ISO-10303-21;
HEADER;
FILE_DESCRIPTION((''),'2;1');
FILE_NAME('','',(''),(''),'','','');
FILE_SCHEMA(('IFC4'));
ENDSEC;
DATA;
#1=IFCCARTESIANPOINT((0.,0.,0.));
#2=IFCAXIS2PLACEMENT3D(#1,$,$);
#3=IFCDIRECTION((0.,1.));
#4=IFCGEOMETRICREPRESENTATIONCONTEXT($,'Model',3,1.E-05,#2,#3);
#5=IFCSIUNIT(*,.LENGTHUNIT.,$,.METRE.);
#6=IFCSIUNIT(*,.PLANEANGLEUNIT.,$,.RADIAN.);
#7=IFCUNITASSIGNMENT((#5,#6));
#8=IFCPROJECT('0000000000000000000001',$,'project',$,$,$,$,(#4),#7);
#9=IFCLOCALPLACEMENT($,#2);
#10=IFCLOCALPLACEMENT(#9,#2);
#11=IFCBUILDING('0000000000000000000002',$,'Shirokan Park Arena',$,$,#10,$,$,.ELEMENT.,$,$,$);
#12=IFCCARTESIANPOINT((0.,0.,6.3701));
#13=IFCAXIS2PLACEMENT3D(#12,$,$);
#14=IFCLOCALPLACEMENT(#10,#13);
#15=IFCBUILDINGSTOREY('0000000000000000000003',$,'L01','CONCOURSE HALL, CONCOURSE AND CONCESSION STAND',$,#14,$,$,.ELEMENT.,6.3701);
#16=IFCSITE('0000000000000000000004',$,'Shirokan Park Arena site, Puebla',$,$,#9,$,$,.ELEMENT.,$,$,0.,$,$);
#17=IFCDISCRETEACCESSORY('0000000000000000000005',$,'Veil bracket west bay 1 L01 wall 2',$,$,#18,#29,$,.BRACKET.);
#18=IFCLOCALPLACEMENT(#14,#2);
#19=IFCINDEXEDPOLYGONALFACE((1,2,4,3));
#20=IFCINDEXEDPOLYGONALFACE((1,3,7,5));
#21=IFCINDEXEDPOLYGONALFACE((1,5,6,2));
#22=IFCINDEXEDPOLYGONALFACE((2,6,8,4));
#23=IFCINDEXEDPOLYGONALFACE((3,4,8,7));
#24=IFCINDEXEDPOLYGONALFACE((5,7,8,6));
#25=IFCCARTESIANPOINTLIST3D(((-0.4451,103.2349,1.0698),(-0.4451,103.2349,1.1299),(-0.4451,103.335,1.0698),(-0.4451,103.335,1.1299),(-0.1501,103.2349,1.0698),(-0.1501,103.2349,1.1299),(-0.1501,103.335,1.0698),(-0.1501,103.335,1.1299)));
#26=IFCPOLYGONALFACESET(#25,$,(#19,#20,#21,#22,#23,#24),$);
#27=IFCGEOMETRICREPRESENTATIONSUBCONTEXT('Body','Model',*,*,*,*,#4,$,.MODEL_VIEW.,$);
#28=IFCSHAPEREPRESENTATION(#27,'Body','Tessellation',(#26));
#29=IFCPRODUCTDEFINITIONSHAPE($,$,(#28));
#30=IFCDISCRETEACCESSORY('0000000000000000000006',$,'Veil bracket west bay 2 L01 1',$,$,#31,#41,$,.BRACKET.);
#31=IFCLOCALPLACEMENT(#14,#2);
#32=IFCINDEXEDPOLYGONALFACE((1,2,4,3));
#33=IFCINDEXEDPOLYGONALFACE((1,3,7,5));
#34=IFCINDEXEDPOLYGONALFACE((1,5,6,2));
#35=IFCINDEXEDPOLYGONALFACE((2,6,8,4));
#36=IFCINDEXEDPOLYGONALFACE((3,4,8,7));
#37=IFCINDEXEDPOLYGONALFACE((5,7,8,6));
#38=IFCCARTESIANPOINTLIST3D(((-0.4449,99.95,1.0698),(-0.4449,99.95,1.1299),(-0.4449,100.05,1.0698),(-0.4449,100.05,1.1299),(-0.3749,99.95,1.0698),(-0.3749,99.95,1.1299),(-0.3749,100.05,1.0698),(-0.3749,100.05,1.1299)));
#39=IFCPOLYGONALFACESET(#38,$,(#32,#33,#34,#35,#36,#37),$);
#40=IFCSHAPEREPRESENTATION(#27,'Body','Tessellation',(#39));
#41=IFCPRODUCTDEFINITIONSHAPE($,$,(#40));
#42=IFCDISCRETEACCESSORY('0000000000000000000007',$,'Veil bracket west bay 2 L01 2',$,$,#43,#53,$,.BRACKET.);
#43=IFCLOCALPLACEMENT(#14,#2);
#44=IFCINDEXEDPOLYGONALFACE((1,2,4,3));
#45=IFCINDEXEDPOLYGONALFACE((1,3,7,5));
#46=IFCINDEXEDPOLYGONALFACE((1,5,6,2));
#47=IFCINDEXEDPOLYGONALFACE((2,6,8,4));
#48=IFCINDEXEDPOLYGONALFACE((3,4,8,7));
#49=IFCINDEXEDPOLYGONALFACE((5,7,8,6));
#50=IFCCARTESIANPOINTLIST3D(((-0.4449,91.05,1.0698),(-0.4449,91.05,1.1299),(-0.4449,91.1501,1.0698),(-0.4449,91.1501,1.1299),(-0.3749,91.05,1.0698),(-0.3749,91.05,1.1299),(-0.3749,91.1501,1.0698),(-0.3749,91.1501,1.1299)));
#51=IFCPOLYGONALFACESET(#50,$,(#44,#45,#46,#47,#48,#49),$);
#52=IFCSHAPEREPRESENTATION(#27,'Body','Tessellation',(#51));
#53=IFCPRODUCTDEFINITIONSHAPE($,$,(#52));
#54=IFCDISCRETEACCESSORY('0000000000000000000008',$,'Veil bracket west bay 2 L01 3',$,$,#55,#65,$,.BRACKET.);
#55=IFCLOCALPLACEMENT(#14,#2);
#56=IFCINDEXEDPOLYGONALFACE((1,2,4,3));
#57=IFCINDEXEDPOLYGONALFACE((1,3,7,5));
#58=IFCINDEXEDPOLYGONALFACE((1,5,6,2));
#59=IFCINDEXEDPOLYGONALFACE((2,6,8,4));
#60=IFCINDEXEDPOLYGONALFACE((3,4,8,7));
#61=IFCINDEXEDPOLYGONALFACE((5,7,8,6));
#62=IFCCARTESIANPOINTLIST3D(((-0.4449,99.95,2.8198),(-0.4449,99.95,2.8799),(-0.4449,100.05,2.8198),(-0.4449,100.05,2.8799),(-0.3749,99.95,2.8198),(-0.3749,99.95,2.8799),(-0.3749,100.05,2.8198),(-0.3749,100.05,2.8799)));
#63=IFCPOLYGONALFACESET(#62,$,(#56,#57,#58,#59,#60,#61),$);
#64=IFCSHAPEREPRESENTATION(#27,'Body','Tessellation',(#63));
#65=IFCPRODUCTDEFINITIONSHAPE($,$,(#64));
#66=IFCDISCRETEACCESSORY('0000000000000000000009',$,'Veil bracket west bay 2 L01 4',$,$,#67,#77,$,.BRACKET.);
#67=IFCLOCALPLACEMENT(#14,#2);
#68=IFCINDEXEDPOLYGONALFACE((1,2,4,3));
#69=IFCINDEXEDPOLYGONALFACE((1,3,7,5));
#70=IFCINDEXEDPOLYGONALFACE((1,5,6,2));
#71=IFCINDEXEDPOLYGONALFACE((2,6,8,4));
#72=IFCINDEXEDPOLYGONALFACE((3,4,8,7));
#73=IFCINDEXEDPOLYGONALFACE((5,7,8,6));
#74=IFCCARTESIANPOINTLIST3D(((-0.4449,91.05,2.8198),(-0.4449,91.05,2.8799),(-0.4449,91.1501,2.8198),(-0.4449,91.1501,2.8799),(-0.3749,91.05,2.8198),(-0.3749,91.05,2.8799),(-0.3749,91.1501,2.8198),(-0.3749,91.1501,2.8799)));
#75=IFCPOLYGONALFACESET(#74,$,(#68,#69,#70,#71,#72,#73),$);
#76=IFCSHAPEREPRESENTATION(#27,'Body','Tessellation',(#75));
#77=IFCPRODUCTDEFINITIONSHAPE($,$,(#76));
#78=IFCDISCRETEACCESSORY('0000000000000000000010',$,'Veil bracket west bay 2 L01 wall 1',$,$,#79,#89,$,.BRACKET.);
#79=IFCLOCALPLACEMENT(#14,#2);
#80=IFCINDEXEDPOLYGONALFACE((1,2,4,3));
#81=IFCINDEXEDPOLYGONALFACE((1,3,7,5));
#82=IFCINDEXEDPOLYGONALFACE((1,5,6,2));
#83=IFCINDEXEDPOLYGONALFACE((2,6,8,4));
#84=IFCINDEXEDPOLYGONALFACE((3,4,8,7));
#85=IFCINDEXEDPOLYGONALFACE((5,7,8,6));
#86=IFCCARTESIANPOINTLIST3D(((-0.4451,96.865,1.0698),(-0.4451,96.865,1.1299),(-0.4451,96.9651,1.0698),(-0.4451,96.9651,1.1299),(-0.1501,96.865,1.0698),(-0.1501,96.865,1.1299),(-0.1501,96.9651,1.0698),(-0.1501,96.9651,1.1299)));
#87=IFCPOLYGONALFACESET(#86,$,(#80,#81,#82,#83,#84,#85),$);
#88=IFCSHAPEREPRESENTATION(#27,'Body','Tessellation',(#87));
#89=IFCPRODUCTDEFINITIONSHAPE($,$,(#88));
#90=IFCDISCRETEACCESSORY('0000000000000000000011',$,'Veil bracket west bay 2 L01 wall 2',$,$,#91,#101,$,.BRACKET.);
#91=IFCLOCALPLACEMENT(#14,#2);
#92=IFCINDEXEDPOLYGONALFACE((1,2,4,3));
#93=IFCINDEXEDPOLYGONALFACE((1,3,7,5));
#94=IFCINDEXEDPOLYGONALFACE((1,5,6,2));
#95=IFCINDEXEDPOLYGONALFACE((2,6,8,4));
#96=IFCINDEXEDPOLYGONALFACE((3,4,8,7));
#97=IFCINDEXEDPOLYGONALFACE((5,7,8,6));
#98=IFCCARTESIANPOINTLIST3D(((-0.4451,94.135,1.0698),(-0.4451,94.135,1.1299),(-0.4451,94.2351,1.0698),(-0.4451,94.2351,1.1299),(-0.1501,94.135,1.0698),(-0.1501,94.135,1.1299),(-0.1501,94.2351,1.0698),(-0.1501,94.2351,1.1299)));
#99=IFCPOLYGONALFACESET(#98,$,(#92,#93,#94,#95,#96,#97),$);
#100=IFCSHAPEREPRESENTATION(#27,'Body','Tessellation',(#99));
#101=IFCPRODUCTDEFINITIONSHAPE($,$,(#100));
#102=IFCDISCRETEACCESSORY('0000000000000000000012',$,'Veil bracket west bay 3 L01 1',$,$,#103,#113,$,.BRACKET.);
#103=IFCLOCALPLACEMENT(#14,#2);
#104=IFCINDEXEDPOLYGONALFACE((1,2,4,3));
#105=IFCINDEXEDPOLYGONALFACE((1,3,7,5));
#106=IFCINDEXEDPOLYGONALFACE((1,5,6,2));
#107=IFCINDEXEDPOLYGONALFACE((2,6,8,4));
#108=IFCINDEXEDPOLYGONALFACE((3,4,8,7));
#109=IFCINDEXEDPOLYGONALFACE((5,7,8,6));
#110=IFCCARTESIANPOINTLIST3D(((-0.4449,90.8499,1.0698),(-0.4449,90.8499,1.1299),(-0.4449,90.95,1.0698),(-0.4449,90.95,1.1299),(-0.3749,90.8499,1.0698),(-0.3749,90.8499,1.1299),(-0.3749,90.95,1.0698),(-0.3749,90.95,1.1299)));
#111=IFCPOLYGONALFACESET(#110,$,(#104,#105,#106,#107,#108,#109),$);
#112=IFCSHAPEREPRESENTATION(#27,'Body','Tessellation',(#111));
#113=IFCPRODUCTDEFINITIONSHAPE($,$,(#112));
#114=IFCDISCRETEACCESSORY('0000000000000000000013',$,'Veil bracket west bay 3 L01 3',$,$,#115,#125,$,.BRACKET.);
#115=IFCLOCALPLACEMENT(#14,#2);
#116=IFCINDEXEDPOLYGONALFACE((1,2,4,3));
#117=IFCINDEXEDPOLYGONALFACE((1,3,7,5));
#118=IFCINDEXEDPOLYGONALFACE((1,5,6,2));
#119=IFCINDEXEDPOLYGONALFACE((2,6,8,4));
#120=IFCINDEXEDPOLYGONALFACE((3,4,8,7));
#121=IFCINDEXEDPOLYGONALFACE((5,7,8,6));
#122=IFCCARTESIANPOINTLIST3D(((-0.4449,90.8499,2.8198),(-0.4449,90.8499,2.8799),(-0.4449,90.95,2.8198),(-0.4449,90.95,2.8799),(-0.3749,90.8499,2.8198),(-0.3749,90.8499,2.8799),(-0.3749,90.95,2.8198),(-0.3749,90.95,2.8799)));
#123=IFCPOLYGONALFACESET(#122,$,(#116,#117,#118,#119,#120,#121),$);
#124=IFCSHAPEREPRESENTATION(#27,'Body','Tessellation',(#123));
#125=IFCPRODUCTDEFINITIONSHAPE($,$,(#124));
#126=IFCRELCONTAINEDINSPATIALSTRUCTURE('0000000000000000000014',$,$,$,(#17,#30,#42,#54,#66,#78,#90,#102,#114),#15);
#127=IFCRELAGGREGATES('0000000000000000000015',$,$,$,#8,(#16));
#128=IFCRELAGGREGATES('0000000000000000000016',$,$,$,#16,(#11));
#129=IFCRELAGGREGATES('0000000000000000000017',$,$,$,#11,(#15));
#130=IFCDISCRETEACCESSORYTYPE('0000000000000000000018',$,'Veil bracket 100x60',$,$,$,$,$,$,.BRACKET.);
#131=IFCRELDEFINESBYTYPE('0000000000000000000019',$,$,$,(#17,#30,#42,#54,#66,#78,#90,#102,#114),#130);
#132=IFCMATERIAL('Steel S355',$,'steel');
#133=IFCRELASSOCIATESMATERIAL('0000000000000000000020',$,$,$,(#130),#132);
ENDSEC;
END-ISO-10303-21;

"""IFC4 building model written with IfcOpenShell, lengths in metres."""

from ifc_helpers import new_model, si_unit, direction, frame, origin, origin_2d, place, context, subcontext, project, spatial, rectangle, extrude, material, type_object, element, save


model = new_model("IFC4")

# Units and contexts
model_context = context("Model", 3, precision=1e-05, world=origin(), true_north=direction((0.0, 1.0)))
body_context = subcontext(model_context, "Body", "Model", "MODEL_VIEW")
ifc_project = project(units=[si_unit("LENGTHUNIT", "METRE"), si_unit("PLANEANGLEUNIT", "RADIAN")], contexts=[model_context])

# Site, building, storey
site_placement = place(None, origin())
site = spatial("IfcSite", under=ifc_project, at=site_placement, Name="Shirokan Park Arena site, Puebla", CompositionType="ELEMENT", RefElevation=0.0)
building_placement = place(site_placement, origin())
building = spatial("IfcBuilding", under=site, at=building_placement, Name="Shirokan Park Arena", CompositionType="ELEMENT")
storey_placement = place(building_placement, frame((0.0, 0.0, 6.3701)))
storey = spatial("IfcBuildingStorey", under=building, at=storey_placement, Name="L01", Description="CONCOURSE HALL, CONCOURSE AND CONCESSION STAND", CompositionType="ELEMENT", Elevation=6.3701)

# Discrete accessories
ifc_material_1 = material(Name="Steel S355", Category="steel")
discrete_accessory_type = type_object("IfcDiscreteAccessoryType", Name="Veil bracket 100x60", PredefinedType="BRACKET", material=ifc_material_1)
discrete_accessory_placement = place(storey_placement, frame((-0.2976, 103.2849, 1.0698), z_axis=(0.0, 0.0, 1.0), x_axis=(0.0, -1.0, 0.0)))
element("IfcDiscreteAccessory", 1, at=discrete_accessory_placement, inside=storey, type_object=discrete_accessory_type, Name="Veil bracket west bay 1 L01 wall 2", PredefinedType="BRACKET", context=body_context, shape_type="SweptSolid", body=[
    extrude(rectangle(XDim=0.1001, YDim=0.2949, at=origin_2d()), origin(), (0.0, 0.0, 1.0), 0.0601),
])
for number, where, z_axis, x_axis, name in (
    (2, (-0.4099, 100.0, 1.0698), (0.0, 0.0, 1.0), (0.0, -1.0, 0.0), "Veil bracket west bay 2 L01 1"),
    (3, (-0.4099, 91.1001, 1.0698), (0.0, 0.0, 1.0), (0.0, -1.0, 0.0), "Veil bracket west bay 2 L01 2"),
    (4, (-0.4099, 100.0, 2.8198), (0.0, 0.0, 1.0), (0.0, -1.0, 0.0), "Veil bracket west bay 2 L01 3"),
    (5, (-0.4099, 91.1001, 2.8198), (0.0, 0.0, 1.0), (0.0, -1.0, 0.0), "Veil bracket west bay 2 L01 4"),
):
    element("IfcDiscreteAccessory", number, at=place(storey_placement, frame(where, z_axis=z_axis, x_axis=x_axis)), inside=storey, type_object=discrete_accessory_type, Name=name, PredefinedType="BRACKET", context=body_context, shape_type="SweptSolid", body=[
        extrude(rectangle(XDim=0.1001, YDim=0.0701, at=origin_2d()), origin(), (0.0, 0.0, 1.0), 0.0601),
    ])
for number, where, z_axis, x_axis, name in (
    (6, (-0.2976, 96.915, 1.0698), (0.0, 0.0, 1.0), (0.0, -1.0, 0.0), "Veil bracket west bay 2 L01 wall 1"),
    (7, (-0.2976, 94.1851, 1.0698), (0.0, 0.0, 1.0), (0.0, -1.0, 0.0), "Veil bracket west bay 2 L01 wall 2"),
):
    element("IfcDiscreteAccessory", number, at=place(storey_placement, frame(where, z_axis=z_axis, x_axis=x_axis)), inside=storey, type_object=discrete_accessory_type, Name=name, PredefinedType="BRACKET", context=body_context, shape_type="SweptSolid", body=[
        extrude(rectangle(XDim=0.1001, YDim=0.2949, at=origin_2d()), origin(), (0.0, 0.0, 1.0), 0.0601),
    ])
for number, where, z_axis, x_axis, name in (
    (8, (-0.4099, 90.8999, 1.0698), (0.0, 0.0, 1.0), (0.0, -1.0, 0.0), "Veil bracket west bay 3 L01 1"),
    (9, (-0.4099, 90.8999, 2.8198), (0.0, 0.0, 1.0), (0.0, -1.0, 0.0), "Veil bracket west bay 3 L01 3"),
):
    element("IfcDiscreteAccessory", number, at=place(storey_placement, frame(where, z_axis=z_axis, x_axis=x_axis)), inside=storey, type_object=discrete_accessory_type, Name=name, PredefinedType="BRACKET", context=body_context, shape_type="SweptSolid", body=[
        extrude(rectangle(XDim=0.1001, YDim=0.0701, at=origin_2d()), origin(), (0.0, 0.0, 1.0), 0.0601),
    ])

save(model, "model.ifc")
